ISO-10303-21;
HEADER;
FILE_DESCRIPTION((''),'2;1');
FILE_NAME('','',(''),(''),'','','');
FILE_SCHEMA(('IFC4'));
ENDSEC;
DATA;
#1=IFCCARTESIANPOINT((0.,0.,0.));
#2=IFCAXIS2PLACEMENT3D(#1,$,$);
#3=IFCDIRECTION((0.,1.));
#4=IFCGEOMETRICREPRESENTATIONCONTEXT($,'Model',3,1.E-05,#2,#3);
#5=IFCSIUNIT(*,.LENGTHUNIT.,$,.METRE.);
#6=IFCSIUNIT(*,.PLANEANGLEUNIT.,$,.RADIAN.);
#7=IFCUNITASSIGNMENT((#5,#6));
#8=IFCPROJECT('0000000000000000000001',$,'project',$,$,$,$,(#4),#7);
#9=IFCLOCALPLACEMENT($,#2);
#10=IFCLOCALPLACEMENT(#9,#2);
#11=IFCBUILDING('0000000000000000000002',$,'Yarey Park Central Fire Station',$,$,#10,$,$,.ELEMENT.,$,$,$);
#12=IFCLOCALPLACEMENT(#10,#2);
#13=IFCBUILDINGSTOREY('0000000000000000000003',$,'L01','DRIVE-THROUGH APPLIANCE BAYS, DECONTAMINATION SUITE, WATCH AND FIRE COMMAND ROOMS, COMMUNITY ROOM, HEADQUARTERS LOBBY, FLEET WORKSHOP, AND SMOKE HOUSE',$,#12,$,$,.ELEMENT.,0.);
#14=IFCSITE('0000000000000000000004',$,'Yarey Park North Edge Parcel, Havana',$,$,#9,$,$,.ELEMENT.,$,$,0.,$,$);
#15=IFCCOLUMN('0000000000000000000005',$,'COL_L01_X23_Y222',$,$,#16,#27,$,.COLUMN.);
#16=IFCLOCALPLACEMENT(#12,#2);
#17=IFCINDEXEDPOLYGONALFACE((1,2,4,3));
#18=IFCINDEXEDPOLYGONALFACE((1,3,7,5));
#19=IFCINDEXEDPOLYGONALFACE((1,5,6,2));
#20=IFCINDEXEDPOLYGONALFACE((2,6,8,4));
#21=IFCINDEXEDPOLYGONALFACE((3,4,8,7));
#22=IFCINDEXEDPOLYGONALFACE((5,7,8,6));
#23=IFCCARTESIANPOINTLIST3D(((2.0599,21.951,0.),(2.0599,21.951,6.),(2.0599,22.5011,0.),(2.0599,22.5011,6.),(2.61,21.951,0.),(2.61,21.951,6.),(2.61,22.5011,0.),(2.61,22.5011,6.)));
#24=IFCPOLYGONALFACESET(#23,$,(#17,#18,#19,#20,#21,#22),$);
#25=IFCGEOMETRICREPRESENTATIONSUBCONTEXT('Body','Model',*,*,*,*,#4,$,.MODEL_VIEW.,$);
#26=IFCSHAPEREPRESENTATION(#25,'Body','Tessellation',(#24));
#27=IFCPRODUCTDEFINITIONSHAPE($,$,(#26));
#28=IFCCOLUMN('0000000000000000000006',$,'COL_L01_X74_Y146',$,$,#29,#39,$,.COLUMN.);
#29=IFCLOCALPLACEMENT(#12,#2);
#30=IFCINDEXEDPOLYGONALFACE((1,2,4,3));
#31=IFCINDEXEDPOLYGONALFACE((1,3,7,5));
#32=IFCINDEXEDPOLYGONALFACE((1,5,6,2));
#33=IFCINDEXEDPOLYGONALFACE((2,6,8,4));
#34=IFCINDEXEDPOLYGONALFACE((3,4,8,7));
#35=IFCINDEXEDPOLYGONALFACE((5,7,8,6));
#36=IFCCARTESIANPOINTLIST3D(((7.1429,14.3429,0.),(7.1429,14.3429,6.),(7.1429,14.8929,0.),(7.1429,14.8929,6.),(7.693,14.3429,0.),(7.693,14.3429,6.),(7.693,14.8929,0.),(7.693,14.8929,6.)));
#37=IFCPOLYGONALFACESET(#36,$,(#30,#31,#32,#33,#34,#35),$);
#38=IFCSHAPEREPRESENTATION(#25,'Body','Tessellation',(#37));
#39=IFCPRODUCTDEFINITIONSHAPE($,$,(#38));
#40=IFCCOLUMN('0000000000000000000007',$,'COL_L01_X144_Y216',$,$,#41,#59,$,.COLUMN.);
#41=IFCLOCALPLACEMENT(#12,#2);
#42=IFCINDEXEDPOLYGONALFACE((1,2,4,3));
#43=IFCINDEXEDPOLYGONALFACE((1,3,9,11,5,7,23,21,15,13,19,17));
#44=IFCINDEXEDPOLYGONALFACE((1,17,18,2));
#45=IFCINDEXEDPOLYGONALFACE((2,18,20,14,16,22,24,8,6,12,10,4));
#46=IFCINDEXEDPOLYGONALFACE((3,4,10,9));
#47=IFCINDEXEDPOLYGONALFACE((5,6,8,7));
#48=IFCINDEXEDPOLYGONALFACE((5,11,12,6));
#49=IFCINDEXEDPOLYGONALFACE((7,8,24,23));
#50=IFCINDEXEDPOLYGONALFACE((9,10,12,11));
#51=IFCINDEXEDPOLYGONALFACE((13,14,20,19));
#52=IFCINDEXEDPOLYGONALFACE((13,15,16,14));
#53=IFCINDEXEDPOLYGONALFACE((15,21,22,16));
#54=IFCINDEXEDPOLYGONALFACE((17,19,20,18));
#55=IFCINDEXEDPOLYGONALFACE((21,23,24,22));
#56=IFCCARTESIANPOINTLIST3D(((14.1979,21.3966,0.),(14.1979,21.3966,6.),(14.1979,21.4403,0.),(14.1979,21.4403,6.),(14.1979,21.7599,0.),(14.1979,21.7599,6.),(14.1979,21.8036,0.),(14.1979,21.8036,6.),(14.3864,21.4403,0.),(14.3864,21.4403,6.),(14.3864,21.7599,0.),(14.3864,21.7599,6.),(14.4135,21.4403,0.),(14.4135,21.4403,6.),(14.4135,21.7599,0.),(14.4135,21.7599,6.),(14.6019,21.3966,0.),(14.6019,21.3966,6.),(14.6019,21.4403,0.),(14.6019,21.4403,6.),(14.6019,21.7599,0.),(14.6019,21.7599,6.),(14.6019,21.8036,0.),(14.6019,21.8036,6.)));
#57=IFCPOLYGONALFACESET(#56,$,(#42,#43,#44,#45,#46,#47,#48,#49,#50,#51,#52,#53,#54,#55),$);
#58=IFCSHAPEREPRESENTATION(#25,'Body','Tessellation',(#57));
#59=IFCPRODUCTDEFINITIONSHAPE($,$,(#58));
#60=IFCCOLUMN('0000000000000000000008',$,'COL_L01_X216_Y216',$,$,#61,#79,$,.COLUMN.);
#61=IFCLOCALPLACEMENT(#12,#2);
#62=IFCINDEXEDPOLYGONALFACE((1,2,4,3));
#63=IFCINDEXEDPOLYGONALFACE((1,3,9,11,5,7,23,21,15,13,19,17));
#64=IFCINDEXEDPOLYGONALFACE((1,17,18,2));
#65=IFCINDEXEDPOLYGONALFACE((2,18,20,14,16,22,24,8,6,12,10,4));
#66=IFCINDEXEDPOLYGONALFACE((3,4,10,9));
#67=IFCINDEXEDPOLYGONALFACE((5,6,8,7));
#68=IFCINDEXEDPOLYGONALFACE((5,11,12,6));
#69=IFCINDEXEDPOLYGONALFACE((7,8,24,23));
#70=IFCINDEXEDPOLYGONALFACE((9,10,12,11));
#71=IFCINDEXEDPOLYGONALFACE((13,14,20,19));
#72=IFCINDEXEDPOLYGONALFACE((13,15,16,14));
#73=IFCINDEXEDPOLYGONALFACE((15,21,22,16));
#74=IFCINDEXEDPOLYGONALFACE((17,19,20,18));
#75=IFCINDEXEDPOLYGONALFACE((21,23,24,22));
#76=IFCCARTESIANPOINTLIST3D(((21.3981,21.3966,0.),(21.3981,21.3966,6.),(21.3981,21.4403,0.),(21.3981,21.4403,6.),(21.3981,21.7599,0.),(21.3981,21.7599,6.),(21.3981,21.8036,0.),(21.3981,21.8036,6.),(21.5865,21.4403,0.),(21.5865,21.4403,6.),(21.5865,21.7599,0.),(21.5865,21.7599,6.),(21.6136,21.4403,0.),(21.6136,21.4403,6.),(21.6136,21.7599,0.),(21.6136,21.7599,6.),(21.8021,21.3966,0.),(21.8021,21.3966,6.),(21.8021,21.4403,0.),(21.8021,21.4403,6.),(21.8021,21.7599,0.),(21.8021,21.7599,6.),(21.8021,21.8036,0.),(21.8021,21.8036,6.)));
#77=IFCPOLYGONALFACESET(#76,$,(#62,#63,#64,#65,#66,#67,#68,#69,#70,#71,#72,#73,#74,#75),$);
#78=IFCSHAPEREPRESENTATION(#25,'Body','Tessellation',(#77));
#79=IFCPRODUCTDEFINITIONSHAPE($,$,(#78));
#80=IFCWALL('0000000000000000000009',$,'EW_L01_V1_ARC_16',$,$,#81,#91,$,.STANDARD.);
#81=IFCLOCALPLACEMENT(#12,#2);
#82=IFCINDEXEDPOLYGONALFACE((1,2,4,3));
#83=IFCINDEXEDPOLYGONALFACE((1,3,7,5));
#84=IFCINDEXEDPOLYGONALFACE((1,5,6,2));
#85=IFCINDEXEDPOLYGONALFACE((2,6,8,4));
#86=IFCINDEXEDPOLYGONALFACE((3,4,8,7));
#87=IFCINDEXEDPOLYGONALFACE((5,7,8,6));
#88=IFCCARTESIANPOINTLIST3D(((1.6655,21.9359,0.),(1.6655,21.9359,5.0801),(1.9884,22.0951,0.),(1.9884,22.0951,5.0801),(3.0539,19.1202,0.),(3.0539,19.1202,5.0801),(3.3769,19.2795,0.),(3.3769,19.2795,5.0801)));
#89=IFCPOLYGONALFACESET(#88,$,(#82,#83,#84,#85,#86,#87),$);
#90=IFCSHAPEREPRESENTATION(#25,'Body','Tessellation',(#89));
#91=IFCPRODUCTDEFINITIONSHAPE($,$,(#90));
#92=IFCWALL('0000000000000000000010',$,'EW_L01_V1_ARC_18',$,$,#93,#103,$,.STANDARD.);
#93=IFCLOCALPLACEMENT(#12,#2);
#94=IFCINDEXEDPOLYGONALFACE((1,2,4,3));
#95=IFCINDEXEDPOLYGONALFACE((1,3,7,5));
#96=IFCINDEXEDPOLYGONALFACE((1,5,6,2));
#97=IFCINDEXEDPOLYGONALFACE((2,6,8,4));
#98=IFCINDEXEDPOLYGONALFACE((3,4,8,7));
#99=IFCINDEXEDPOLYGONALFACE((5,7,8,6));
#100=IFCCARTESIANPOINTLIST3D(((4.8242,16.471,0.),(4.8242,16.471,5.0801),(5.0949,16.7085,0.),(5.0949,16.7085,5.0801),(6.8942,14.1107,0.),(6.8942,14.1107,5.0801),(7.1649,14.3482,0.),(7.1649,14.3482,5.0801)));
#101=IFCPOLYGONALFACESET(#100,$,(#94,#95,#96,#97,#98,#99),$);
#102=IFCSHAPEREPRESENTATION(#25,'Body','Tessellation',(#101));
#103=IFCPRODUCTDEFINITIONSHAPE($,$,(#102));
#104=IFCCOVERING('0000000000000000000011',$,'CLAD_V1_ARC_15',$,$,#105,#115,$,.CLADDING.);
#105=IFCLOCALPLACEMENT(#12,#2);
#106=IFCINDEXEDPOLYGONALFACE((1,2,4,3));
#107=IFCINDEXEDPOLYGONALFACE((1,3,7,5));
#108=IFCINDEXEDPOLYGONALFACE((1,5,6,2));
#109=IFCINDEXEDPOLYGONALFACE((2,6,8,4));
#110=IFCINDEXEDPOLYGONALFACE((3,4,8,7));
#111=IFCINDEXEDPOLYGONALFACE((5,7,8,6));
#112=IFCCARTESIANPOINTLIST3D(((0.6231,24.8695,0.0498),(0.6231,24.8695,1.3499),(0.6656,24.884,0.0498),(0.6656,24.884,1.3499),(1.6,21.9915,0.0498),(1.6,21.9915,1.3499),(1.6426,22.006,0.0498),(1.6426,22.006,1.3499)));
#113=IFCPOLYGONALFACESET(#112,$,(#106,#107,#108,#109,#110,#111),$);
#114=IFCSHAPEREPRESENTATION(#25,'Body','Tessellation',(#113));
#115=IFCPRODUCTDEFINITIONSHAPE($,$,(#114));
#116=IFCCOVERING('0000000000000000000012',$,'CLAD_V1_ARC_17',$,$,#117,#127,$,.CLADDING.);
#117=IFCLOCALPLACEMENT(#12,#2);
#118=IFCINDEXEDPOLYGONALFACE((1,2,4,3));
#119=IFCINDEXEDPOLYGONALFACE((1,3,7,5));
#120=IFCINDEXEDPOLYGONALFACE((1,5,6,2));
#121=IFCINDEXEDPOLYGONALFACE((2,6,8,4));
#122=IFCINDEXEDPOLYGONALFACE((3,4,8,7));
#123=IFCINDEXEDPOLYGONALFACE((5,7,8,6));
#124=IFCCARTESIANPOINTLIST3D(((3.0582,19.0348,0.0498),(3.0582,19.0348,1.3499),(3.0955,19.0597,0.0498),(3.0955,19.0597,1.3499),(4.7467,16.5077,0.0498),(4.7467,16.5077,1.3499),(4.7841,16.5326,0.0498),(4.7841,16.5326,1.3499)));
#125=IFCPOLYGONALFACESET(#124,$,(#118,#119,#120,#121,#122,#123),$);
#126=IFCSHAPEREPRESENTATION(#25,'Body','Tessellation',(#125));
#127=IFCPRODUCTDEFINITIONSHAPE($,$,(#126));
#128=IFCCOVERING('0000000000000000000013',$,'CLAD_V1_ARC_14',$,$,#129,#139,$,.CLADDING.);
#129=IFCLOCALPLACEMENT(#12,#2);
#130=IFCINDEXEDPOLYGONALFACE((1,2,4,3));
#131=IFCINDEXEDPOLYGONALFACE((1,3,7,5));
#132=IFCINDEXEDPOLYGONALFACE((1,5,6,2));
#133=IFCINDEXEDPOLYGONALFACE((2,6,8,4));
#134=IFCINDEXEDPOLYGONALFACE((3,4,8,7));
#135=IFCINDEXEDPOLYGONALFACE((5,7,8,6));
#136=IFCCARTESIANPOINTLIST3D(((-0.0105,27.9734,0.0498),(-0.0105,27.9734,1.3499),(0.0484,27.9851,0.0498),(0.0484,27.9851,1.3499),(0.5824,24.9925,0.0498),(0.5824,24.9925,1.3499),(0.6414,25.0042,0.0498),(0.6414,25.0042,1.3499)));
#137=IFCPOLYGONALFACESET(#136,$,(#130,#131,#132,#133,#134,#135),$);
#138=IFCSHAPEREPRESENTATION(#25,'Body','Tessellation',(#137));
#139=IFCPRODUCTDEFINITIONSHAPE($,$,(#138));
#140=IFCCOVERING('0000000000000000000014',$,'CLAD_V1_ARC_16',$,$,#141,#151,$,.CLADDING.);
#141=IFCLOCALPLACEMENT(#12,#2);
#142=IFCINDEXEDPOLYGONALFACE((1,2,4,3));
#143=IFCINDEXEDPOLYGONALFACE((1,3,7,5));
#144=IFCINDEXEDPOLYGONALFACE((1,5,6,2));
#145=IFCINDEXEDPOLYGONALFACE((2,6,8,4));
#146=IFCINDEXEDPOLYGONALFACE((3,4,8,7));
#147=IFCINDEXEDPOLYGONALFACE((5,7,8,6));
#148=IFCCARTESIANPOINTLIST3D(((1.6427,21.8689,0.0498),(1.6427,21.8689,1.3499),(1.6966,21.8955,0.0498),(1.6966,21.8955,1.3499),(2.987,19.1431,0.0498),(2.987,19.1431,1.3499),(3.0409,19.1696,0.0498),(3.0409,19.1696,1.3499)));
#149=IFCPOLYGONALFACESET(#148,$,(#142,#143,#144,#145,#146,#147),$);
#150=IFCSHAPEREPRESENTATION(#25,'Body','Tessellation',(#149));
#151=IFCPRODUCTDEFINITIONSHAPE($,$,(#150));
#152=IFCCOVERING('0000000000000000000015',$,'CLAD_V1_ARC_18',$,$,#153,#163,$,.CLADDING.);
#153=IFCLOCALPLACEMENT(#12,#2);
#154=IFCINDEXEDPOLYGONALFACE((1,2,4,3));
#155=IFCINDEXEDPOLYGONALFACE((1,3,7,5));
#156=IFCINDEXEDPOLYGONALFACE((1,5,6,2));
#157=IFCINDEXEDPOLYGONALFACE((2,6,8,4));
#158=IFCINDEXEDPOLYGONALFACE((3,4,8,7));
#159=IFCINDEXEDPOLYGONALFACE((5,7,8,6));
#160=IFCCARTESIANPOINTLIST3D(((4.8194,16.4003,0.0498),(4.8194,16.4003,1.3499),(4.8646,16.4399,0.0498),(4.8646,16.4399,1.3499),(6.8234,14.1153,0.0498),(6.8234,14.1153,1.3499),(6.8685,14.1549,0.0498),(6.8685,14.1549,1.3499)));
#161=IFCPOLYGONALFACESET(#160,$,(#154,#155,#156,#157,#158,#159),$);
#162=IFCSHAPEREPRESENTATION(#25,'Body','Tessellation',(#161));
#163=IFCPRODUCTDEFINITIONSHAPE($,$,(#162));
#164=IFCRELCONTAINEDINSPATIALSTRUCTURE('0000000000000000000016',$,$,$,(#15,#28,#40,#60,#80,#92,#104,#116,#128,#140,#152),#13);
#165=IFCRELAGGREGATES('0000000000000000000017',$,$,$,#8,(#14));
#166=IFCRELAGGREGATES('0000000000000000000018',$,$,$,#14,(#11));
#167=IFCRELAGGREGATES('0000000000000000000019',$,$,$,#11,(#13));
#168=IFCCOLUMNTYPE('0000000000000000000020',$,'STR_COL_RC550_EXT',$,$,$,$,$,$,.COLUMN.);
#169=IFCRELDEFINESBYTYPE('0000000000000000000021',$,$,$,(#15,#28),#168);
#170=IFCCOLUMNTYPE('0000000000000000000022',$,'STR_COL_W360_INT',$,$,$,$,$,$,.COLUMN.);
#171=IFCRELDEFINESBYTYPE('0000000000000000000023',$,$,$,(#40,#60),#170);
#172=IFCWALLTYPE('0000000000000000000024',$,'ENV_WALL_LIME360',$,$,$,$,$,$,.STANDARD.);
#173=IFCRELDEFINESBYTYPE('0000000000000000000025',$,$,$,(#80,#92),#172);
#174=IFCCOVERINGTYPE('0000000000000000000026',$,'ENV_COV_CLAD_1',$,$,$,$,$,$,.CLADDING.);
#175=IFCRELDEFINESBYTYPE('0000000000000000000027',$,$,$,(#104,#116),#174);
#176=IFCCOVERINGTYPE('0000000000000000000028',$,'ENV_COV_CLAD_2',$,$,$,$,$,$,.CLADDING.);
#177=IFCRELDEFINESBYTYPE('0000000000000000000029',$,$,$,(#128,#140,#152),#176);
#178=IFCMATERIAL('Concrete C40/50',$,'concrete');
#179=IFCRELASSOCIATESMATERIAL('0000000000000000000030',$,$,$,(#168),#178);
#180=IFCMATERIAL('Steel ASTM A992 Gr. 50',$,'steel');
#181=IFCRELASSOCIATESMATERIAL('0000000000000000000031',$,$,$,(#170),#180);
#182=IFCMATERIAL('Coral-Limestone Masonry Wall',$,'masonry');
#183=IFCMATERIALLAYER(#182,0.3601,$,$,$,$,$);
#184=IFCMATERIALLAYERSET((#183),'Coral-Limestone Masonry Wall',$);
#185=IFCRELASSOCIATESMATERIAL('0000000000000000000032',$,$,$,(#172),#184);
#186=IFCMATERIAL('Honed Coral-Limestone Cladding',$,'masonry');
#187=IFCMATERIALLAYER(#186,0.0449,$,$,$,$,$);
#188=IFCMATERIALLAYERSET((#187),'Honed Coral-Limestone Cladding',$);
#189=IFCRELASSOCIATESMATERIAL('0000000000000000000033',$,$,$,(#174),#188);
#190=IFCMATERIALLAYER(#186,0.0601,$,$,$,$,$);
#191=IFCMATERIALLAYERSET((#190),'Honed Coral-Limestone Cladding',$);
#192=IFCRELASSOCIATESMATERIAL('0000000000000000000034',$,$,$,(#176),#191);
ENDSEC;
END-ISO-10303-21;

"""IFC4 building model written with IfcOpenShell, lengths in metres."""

from ifc_helpers import new_model, si_unit, direction, frame, frame_2d, origin, origin_2d, place, context, subcontext, project, spatial, rectangle, i_section, extrude, material, layer, layer_set, material_profile, profile_set, type_object, element, save


model = new_model("IFC4")

# Units and contexts
model_context = context("Model", 3, precision=1e-05, world=origin(), true_north=direction((0.0, 1.0)))
body_context = subcontext(model_context, "Body", "Model", "MODEL_VIEW")
ifc_project = project(units=[si_unit("LENGTHUNIT", "METRE"), si_unit("PLANEANGLEUNIT", "RADIAN")], contexts=[model_context])

# Site, building, storey
site_placement = place(None, origin())
site = spatial("IfcSite", under=ifc_project, at=site_placement, Name="Yarey Park North Edge Parcel, Havana", CompositionType="ELEMENT", RefElevation=0.0)
building_placement = place(site_placement, origin())
building = spatial("IfcBuilding", under=site, at=building_placement, Name="Yarey Park Central Fire Station", CompositionType="ELEMENT")
storey_placement = place(building_placement, origin())
storey = spatial("IfcBuildingStorey", under=building, at=storey_placement, Name="L01", Description="DRIVE-THROUGH APPLIANCE BAYS, DECONTAMINATION SUITE, WATCH AND FIRE COMMAND ROOMS, COMMUNITY ROOM, HEADQUARTERS LOBBY, FLEET WORKSHOP, AND SMOKE HOUSE", CompositionType="ELEMENT", Elevation=0.0)

# Columns
ifc_material_1 = material(Name="Concrete C40/50", Category="concrete")
ifc_material_profile_1 = material_profile(ifc_material_1, rectangle(XDim=0.55, YDim=0.55, at=origin_2d()), Name="RC 550x550")
ifc_profile_set_1 = profile_set([ifc_material_profile_1], Name="Concrete C40/50")
column_type_1 = type_object("IfcColumnType", Name="STR_COL_RC550_EXT", PredefinedType="COLUMN", material=ifc_profile_set_1)
for number, where, z_axis, x_axis, name in (
    (1, (2.335, 22.2261, 0.0), (0.0, 0.0, 1.0), (1.0, 0.0, 0.0), "COL_L01_X23_Y222"),
    (2, (7.418, 14.6179, 0.0), (0.0, 0.0, 1.0), (1.0, 0.0, 0.0), "COL_L01_X74_Y146"),
):
    element("IfcColumn", number, at=place(storey_placement, frame(where, z_axis=z_axis, x_axis=x_axis)), inside=storey, type_object=column_type_1, Name=name, PredefinedType="COLUMN", context=body_context, shape_type="SweptSolid", body=[
        extrude(rectangle(XDim=0.55, YDim=0.55, at=origin_2d()), origin(), (0.0, 0.0, 1.0), 6.0),
    ])
ifc_material_2 = material(Name="Steel ASTM A992 Gr. 50", Category="steel")
ifc_material_profile_2 = material_profile(ifc_material_2, i_section(OverallWidth=0.4041, OverallDepth=0.407, WebThickness=0.0271, FlangeThickness=0.0437, at=origin_2d()), Name="W360x347")
ifc_profile_set_2 = profile_set([ifc_material_profile_2], Name="Steel ASTM A992 Gr. 50")
column_type_2 = type_object("IfcColumnType", Name="STR_COL_W360_INT", PredefinedType="COLUMN", material=ifc_profile_set_2)
for number, where, z_axis, x_axis, name in (
    (3, (14.3999, 21.6001, 0.0), (0.0, 0.0, 1.0), (1.0, 0.0, 0.0), "COL_L01_X144_Y216"),
    (4, (21.6001, 21.6001, 0.0), (0.0, 0.0, 1.0), (1.0, 0.0, 0.0), "COL_L01_X216_Y216"),
):
    element("IfcColumn", number, at=place(storey_placement, frame(where, z_axis=z_axis, x_axis=x_axis)), inside=storey, type_object=column_type_2, Name=name, PredefinedType="COLUMN", context=body_context, shape_type="SweptSolid", body=[
        extrude(i_section(OverallWidth=0.4041, OverallDepth=0.407, WebThickness=0.0271, FlangeThickness=0.0437, at=origin_2d()), origin(), (0.0, 0.0, 1.0), 6.0),
    ])

# Shared definitions
ifc_material_3 = material(Name="Coral-Limestone Masonry Wall", Category="masonry")
ifc_layer_1 = layer(ifc_material_3, 0.3601)
ifc_layer_set_1 = layer_set([ifc_layer_1], Name="Coral-Limestone Masonry Wall")
wall_type = type_object("IfcWallType", Name="ENV_WALL_LIME360", PredefinedType="STANDARD", material=ifc_layer_set_1)

# Wall
wall_1_placement = place(storey_placement, frame((1.8269, 22.0156, 0.0), z_axis=(0.0, 0.0, 1.0), x_axis=(0.442261, -0.896887, 0.0)))
element("IfcWall", 5, at=wall_1_placement, inside=storey, type_object=wall_type, Name="EW_L01_V1_ARC_16", PredefinedType="STANDARD", context=body_context, shape_type="SweptSolid", body=[
    extrude(rectangle(XDim=3.1394, YDim=0.3601, at=frame_2d((1.5698, 0.0))), origin(), (0.0, 0.0, 1.0), 5.0801),
])

# Wall
wall_2_placement = place(storey_placement, frame((4.9595, 16.5898, 0.0), z_axis=(0.0, 0.0, 1.0), x_axis=(0.659363, -0.751825, 0.0)))
element("IfcWall", 6, at=wall_2_placement, inside=storey, type_object=wall_type, Name="EW_L01_V1_ARC_18", PredefinedType="STANDARD", context=body_context, shape_type="SweptSolid", body=[
    extrude(rectangle(XDim=3.1394, YDim=0.3601, at=frame_2d((1.5698, 0.0))), origin(), (0.0, 0.0, 1.0), 5.0801),
])

# Coverings
ifc_material_4 = material(Name="Honed Coral-Limestone Cladding", Category="masonry")
ifc_layer_2 = layer(ifc_material_4, 0.0449)
ifc_layer_set_2 = layer_set([ifc_layer_2], Name="Honed Coral-Limestone Cladding")
covering_type_1 = type_object("IfcCoveringType", Name="ENV_COV_CLAD_1", PredefinedType="CLADDING", material=ifc_layer_set_2)
for number, where, z_axis, x_axis, name in (
    (7, (1.1328, 23.4377, 0.0498), (0.0, 0.0, 1.0), (0.321439, -0.94693, 0.0), "CLAD_V1_ARC_15"),
    (8, (3.9211, 17.7837, 0.0498), (0.0, 0.0, 1.0), (0.55557, -0.83147, 0.0), "CLAD_V1_ARC_17"),
):
    element("IfcCovering", number, at=place(storey_placement, frame(where, z_axis=z_axis, x_axis=x_axis)), inside=storey, type_object=covering_type_1, Name=name, PredefinedType="CLADDING", context=body_context, shape_type="SweptSolid", body=[
        extrude(rectangle(XDim=3.0393, YDim=0.0449, at=origin_2d()), origin(), (0.0, 0.0, 1.0), 1.3),
    ])
ifc_layer_3 = layer(ifc_material_4, 0.0601)
ifc_layer_set_3 = layer_set([ifc_layer_3], Name="Honed Coral-Limestone Cladding")
covering_type_2 = type_object("IfcCoveringType", Name="ENV_COV_CLAD_2", PredefinedType="CLADDING", material=ifc_layer_set_3)
for number, where, z_axis, x_axis, name in (
    (9, (0.3154, 26.4888, 0.0498), (0.0, 0.0, 1.0), (0.19509, -0.980785, 0.0), "CLAD_V1_ARC_14"),
    (10, (2.3418, 20.5193, 0.0498), (0.0, 0.0, 1.0), (0.442289, -0.896873, 0.0), "CLAD_V1_ARC_16"),
    (11, (5.844, 15.2776, 0.0498), (0.0, 0.0, 1.0), (0.659346, -0.75184, 0.0), "CLAD_V1_ARC_18"),
):
    element("IfcCovering", number, at=place(storey_placement, frame(where, z_axis=z_axis, x_axis=x_axis)), inside=storey, type_object=covering_type_2, Name=name, PredefinedType="CLADDING", context=body_context, shape_type="SweptSolid", body=[
        extrude(rectangle(XDim=3.0393, YDim=0.0601, at=origin_2d()), origin(), (0.0, 0.0, 1.0), 1.3),
    ])

save(model, "model.ifc")
